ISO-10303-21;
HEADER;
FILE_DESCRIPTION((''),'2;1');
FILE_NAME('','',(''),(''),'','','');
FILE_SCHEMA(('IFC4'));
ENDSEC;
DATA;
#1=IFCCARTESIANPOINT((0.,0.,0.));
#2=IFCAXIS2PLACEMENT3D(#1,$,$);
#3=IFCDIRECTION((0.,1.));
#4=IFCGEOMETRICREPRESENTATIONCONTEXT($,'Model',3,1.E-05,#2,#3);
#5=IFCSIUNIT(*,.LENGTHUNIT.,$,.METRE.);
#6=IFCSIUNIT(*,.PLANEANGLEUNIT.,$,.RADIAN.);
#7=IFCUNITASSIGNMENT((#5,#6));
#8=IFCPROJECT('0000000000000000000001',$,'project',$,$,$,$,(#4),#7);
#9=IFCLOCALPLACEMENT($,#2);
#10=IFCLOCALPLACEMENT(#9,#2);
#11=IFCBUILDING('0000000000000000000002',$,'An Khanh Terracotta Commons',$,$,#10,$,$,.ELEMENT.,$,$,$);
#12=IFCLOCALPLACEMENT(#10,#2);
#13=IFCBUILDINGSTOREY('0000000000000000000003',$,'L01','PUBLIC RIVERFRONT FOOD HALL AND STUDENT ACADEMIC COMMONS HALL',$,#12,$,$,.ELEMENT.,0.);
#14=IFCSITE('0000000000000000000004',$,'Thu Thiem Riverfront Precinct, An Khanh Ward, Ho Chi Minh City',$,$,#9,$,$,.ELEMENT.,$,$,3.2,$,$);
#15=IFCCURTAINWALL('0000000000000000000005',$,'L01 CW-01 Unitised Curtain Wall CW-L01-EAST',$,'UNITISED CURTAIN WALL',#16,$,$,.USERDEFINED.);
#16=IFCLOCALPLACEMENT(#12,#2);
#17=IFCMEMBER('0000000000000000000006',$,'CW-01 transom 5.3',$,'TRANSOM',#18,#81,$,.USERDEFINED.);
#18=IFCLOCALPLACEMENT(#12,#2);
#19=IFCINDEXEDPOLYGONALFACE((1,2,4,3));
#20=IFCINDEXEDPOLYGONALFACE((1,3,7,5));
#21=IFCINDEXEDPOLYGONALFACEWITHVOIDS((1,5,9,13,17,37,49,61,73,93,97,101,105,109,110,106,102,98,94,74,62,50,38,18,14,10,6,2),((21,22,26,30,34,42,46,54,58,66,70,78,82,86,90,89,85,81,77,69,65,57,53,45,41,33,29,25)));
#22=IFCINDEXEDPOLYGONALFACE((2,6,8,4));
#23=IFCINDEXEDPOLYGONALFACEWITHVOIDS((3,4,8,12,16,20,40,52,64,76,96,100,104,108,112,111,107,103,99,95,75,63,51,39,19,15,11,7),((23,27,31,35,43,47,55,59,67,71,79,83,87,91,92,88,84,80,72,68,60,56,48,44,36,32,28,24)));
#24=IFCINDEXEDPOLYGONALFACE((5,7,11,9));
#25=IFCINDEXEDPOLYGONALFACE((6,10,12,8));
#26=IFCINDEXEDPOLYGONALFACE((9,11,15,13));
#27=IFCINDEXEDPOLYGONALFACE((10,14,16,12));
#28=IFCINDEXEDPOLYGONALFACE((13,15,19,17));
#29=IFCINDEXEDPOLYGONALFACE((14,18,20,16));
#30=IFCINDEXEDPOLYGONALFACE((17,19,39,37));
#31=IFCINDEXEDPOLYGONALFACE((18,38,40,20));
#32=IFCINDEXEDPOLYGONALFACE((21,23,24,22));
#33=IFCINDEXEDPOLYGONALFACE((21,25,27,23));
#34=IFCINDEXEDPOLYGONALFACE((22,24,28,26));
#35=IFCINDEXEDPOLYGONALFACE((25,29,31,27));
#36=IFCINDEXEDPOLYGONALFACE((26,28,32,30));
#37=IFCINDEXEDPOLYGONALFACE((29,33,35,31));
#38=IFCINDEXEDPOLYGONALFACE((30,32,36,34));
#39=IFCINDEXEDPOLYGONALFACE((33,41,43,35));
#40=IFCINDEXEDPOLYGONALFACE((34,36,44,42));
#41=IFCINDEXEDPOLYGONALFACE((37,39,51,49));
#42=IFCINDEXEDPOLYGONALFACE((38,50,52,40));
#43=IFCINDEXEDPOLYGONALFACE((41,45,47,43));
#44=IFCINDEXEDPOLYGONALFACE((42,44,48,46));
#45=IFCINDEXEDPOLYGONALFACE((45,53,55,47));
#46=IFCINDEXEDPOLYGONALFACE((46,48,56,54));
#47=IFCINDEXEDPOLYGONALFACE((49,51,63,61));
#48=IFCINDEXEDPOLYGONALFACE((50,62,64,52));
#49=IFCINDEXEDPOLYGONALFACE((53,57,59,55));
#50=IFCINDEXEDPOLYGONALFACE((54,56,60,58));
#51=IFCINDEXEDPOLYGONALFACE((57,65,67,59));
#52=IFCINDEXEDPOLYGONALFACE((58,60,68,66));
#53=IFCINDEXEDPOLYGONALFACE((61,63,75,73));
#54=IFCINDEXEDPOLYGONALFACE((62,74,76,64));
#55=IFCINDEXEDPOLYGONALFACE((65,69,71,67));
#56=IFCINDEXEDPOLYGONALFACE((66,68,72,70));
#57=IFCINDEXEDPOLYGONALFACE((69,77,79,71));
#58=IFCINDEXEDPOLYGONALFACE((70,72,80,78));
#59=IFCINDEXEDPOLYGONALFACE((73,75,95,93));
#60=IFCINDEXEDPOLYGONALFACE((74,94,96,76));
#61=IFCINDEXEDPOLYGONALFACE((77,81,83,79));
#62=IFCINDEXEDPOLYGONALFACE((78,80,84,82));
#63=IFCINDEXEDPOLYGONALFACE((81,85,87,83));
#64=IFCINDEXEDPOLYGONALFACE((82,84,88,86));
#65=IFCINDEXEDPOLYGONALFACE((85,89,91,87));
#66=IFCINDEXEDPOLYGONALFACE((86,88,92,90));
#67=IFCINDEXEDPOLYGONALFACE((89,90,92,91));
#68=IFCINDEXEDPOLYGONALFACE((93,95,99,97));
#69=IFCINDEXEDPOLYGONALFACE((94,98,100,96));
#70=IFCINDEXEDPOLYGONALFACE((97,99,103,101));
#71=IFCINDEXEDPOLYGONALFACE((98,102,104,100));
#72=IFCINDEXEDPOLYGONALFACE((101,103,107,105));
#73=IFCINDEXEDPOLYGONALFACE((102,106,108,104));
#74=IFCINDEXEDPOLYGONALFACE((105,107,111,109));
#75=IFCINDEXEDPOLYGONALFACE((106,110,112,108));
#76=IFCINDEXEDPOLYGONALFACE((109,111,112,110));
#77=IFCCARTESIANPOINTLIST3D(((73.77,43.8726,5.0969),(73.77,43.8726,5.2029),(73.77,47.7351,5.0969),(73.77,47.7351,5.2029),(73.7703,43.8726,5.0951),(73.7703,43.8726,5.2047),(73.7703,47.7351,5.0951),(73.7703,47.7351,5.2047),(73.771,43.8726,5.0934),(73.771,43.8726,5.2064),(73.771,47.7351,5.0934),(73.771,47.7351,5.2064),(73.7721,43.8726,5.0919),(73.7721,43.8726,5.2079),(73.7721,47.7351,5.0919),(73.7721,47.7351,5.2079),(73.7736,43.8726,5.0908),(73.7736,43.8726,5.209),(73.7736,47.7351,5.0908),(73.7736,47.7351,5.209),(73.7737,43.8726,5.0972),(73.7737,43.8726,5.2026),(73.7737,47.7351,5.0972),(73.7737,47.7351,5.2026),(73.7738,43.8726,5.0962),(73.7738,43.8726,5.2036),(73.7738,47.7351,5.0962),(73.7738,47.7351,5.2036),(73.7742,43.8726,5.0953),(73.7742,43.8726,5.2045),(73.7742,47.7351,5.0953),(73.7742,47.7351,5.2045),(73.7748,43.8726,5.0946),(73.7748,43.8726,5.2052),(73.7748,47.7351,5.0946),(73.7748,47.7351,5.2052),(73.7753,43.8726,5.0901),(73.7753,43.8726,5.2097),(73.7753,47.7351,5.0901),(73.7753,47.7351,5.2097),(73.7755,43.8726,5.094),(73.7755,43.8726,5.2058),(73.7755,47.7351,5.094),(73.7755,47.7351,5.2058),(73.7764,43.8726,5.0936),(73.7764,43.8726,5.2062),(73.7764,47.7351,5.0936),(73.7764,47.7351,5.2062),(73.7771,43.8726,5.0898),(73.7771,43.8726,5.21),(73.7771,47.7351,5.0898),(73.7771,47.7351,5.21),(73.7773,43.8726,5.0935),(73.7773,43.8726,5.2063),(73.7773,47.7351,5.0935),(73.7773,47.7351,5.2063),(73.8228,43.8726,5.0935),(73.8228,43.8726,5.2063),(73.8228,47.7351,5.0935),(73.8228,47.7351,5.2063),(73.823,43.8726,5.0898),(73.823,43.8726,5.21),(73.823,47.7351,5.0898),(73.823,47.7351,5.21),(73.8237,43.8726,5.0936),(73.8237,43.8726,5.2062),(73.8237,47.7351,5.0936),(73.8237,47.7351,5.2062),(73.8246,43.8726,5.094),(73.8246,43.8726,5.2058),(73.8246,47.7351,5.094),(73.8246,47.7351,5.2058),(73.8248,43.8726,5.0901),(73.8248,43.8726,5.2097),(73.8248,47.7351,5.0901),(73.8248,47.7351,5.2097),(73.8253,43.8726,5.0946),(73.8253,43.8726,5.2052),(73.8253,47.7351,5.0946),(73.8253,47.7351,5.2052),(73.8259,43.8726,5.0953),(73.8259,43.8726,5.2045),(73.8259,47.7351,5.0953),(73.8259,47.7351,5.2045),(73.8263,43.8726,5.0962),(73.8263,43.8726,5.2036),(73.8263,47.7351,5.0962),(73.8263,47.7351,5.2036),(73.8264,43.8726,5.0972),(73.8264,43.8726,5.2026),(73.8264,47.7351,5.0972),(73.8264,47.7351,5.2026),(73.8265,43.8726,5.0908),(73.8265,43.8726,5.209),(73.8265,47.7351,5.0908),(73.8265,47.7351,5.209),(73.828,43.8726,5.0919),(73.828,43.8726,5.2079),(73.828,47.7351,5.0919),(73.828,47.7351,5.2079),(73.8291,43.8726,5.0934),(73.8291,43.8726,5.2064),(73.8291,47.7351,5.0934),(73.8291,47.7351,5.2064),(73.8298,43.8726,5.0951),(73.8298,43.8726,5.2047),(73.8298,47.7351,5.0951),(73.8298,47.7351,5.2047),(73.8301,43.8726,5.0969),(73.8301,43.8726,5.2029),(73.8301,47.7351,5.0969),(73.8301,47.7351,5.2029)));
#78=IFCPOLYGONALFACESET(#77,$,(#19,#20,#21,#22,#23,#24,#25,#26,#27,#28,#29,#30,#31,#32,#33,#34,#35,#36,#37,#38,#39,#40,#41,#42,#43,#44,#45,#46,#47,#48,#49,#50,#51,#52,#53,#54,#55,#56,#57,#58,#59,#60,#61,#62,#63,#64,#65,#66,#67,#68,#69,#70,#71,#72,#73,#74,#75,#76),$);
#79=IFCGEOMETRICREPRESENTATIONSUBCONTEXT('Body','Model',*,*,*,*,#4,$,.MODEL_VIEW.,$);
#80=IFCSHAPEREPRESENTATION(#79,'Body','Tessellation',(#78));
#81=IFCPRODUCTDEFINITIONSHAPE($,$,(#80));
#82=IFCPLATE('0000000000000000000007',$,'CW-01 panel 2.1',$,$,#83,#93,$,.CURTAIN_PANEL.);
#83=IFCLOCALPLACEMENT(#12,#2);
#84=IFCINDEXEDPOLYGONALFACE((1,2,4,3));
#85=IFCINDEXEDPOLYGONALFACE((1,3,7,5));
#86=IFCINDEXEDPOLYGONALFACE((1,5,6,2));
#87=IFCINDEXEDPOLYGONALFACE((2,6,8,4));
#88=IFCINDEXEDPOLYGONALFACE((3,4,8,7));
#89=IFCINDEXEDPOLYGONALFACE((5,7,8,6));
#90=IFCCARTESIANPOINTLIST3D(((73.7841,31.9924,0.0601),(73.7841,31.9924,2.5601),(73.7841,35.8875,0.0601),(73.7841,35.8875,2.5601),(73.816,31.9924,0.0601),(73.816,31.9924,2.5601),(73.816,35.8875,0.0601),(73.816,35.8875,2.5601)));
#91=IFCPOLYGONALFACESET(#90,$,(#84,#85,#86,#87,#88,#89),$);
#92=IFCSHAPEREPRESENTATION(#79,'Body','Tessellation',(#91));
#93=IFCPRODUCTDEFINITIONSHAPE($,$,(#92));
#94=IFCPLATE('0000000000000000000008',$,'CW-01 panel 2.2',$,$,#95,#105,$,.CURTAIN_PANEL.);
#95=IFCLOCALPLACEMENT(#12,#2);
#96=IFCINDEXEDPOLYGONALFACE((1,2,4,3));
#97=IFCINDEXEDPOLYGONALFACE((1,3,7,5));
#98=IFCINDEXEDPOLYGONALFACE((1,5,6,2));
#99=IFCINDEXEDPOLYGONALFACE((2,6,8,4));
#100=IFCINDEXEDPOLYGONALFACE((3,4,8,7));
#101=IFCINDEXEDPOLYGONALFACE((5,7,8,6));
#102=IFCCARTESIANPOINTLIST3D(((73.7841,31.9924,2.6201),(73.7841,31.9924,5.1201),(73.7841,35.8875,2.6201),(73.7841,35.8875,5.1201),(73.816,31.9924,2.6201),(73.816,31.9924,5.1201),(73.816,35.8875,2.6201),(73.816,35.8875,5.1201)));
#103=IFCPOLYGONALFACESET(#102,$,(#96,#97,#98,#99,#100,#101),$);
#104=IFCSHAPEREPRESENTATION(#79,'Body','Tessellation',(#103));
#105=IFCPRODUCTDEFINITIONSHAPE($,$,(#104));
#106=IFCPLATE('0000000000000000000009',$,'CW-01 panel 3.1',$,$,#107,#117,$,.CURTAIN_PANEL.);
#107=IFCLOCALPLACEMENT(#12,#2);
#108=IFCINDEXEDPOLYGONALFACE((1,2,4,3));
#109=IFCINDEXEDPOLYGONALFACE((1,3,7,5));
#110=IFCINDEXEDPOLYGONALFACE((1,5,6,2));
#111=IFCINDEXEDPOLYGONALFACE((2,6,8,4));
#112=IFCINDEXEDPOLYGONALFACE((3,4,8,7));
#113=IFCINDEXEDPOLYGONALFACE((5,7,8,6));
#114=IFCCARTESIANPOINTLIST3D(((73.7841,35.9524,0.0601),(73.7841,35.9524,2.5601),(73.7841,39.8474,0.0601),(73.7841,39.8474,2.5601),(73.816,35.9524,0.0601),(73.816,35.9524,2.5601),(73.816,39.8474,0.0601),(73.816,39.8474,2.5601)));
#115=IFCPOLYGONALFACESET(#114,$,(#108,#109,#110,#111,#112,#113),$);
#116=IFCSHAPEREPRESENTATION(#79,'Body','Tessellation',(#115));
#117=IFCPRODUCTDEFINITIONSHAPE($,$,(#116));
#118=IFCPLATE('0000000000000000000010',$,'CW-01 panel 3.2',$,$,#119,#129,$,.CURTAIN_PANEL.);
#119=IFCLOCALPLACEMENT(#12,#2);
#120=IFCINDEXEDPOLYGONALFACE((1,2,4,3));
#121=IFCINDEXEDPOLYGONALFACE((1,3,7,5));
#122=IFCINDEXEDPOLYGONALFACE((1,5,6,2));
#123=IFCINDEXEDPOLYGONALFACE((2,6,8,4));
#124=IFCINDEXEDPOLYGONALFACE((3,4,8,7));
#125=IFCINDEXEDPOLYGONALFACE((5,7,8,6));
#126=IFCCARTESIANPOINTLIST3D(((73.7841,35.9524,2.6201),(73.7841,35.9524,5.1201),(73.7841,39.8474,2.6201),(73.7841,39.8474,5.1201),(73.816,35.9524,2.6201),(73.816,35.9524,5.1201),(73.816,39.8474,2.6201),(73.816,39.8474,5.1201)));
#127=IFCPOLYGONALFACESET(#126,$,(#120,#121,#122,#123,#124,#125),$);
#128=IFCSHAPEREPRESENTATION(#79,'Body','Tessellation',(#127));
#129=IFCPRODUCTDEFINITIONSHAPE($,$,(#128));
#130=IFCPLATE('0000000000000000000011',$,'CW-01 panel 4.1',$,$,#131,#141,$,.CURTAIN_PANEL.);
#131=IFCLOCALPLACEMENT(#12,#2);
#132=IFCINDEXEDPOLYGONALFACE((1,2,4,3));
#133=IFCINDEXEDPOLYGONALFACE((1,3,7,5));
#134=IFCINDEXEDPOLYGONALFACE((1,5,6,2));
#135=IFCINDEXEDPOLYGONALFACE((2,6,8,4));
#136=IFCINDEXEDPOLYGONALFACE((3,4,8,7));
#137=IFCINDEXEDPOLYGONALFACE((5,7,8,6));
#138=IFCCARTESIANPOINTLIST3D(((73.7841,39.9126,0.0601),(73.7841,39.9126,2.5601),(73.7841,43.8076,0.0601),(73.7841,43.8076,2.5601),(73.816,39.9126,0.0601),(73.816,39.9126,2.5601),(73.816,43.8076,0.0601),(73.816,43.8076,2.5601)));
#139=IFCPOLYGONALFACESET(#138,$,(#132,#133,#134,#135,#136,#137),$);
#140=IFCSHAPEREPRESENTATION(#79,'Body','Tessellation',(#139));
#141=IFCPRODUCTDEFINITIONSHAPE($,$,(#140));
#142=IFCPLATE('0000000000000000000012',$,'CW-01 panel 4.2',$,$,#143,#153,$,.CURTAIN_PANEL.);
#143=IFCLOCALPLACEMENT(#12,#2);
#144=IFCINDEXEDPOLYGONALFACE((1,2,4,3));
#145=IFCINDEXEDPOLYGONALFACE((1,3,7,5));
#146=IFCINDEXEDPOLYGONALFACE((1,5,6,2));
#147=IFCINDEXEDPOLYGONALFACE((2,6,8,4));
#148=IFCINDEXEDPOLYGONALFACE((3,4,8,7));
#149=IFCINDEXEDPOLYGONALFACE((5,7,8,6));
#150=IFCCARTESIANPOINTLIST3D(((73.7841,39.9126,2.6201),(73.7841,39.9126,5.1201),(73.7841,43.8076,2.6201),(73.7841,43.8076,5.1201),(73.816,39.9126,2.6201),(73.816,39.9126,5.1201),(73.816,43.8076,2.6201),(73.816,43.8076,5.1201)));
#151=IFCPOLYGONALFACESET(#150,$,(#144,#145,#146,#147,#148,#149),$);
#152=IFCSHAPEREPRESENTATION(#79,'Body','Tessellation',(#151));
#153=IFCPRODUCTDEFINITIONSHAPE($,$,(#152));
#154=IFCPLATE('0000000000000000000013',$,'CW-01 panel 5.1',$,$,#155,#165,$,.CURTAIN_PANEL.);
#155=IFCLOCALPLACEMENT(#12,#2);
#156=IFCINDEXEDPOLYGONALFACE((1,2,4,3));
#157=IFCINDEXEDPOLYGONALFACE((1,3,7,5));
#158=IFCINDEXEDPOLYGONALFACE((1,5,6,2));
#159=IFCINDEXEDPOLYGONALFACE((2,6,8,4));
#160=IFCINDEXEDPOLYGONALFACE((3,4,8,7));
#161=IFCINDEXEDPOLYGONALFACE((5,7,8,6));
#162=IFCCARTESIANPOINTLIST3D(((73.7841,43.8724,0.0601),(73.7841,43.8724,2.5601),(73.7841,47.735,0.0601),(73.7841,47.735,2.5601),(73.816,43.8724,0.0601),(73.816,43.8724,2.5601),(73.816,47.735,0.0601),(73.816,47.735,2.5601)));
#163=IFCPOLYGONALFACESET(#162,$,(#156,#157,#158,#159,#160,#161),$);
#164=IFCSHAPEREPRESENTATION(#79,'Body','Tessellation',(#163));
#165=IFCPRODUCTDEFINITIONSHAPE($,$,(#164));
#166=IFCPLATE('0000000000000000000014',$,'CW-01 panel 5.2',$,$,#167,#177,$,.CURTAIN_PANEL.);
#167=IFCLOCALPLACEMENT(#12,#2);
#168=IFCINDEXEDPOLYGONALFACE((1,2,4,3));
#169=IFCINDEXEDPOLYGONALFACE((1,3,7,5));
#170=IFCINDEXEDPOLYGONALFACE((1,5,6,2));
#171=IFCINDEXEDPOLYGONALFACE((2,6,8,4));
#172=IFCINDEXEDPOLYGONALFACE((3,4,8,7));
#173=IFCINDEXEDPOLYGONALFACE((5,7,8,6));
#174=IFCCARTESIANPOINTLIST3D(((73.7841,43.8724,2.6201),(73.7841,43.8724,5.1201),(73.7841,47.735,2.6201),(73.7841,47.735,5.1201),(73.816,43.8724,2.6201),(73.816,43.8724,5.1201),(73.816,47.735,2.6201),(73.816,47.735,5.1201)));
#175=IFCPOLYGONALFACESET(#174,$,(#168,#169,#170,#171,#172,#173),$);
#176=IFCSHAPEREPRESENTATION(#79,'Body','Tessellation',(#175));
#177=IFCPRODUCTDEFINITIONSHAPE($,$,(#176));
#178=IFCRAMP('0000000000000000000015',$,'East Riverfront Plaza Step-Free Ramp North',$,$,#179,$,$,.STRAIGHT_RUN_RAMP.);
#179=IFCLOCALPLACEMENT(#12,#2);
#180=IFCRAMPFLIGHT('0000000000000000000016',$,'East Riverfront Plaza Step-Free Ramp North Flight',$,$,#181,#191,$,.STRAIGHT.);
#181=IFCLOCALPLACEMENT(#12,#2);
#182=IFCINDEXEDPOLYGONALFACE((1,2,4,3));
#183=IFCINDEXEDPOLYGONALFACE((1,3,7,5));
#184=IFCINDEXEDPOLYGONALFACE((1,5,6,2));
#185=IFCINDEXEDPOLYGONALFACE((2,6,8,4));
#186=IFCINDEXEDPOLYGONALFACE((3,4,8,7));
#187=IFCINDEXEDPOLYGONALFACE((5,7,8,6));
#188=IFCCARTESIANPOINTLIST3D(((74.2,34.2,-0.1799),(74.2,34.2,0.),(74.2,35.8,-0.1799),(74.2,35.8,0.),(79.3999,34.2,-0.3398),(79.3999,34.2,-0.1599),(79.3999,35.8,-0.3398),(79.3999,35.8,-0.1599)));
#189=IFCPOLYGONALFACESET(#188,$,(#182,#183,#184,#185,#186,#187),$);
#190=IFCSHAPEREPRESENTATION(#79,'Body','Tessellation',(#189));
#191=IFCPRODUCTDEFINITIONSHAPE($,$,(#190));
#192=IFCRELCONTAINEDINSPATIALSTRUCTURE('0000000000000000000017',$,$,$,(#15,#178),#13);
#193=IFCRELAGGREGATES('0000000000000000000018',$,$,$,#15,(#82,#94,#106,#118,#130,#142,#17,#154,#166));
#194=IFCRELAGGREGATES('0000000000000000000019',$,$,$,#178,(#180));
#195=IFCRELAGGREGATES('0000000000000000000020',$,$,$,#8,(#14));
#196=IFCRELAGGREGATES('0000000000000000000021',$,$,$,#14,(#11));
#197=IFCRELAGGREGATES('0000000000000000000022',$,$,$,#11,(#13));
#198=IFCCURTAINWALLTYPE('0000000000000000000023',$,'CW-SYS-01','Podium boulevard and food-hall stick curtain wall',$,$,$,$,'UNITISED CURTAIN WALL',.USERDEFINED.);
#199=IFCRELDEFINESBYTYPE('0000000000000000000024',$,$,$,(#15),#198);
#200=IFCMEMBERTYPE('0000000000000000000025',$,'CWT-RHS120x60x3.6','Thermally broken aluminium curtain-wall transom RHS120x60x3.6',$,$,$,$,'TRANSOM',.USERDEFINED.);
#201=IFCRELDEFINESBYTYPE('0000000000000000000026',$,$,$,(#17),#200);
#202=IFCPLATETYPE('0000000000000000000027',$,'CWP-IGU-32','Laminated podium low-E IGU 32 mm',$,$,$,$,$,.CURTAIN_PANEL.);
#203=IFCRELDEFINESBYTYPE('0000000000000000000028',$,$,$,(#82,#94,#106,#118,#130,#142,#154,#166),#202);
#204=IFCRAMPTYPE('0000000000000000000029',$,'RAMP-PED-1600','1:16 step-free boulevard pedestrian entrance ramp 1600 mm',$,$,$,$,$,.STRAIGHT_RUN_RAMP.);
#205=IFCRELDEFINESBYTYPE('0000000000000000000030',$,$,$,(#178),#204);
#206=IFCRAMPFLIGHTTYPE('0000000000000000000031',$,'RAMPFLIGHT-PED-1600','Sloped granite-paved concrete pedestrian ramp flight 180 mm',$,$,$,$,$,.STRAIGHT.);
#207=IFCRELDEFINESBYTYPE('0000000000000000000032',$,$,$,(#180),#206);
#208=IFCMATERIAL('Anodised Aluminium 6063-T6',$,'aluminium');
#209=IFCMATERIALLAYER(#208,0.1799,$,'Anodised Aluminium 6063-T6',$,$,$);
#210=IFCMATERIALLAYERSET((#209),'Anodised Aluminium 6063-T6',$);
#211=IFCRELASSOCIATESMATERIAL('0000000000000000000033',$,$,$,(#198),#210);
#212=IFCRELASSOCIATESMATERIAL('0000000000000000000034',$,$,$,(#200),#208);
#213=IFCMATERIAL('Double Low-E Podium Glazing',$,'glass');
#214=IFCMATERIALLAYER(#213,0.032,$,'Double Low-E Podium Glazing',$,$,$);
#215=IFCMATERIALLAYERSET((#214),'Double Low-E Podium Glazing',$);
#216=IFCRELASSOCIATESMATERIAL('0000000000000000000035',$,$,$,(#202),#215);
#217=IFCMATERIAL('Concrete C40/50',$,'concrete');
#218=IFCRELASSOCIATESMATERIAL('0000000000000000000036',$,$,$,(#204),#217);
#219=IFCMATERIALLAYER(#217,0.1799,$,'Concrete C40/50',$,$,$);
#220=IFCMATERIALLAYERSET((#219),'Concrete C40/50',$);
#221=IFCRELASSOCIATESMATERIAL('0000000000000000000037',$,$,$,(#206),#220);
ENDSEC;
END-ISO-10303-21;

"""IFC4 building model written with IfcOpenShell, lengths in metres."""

from ifc_helpers import new_model, si_unit, direction, frame, origin, origin_2d, place, context, subcontext, project, spatial, polyline, rectangle, hollow_rectangle, outline, extrude, material, layer, layer_set, material_profile, profile_set, type_object, element, aggregate, save


model = new_model("IFC4")

# Units and contexts
model_context = context("Model", 3, precision=1e-05, world=origin(), true_north=direction((0.0, 1.0)))
body_context = subcontext(model_context, "Body", "Model", "MODEL_VIEW")
ifc_project = project(units=[si_unit("LENGTHUNIT", "METRE"), si_unit("PLANEANGLEUNIT", "RADIAN")], contexts=[model_context])

# Site, building, storey
site_placement = place(None, origin())
site = spatial("IfcSite", under=ifc_project, at=site_placement, Name="Thu Thiem Riverfront Precinct, An Khanh Ward, Ho Chi Minh City", CompositionType="ELEMENT", RefElevation=3.2)
building_placement = place(site_placement, origin())
building = spatial("IfcBuilding", under=site, at=building_placement, Name="An Khanh Terracotta Commons", CompositionType="ELEMENT")
storey_placement = place(building_placement, origin())
storey = spatial("IfcBuildingStorey", under=building, at=storey_placement, Name="L01", Description="PUBLIC RIVERFRONT FOOD HALL AND STUDENT ACADEMIC COMMONS HALL", CompositionType="ELEMENT", Elevation=0.0)

# Curtain wall, member, plates
ifc_material_1 = material(Name="Anodised Aluminium 6063-T6", Category="aluminium")
ifc_layer_1 = layer(ifc_material_1, 0.1799, Name="Anodised Aluminium 6063-T6")
ifc_layer_set_1 = layer_set([ifc_layer_1], Name="Anodised Aluminium 6063-T6")
curtain_wall_type = type_object("IfcCurtainWallType", Name="CW-SYS-01", Description="Podium boulevard and food-hall stick curtain wall", ElementType="UNITISED CURTAIN WALL", PredefinedType="USERDEFINED", material=ifc_layer_set_1)
curtain_wall_placement = place(storey_placement, origin())
curtain_wall = element("IfcCurtainWall", 1, at=curtain_wall_placement, inside=storey, type_object=curtain_wall_type, Name="L01 CW-01 Unitised Curtain Wall CW-L01-EAST", ObjectType="UNITISED CURTAIN WALL", PredefinedType="USERDEFINED")
ifc_material_profile_1 = material_profile(ifc_material_1, hollow_rectangle(XDim=0.0601, YDim=0.1201, WallThickness=0.0037, InnerFilletRadius=0.0037, OuterFilletRadius=0.0071, at=origin_2d()), Name="RHS120x60x3.6")
ifc_profile_set_1 = profile_set([ifc_material_profile_1], Name="Anodised Aluminium 6063-T6")
member_type_1 = type_object("IfcMemberType", Name="CWT-RHS120x60x3.6", Description="Thermally broken aluminium curtain-wall transom RHS120x60x3.6", ElementType="TRANSOM", PredefinedType="USERDEFINED", material=ifc_profile_set_1)
member_1_placement = place(storey_placement, frame((73.8, 43.8726, 5.1499), z_axis=(0.0, 1.0, 0.0), x_axis=(-1.0, 0.0, 0.0)))
member_1 = element("IfcMember", 2, at=member_1_placement, type_object=member_type_1, Name="CW-01 transom 5.3", ObjectType="TRANSOM", PredefinedType="USERDEFINED", context=body_context, shape_type="SweptSolid", body=[
    extrude(hollow_rectangle(XDim=0.0601, YDim=0.1201, WallThickness=0.0037, InnerFilletRadius=0.0037, OuterFilletRadius=0.0071, at=origin_2d()), origin(), (0.0, 0.0, 1.0), 3.8625),
])
ifc_material_2 = material(Name="Double Low-E Podium Glazing", Category="glass")
ifc_layer_2 = layer(ifc_material_2, 0.032, Name="Double Low-E Podium Glazing")
ifc_layer_set_2 = layer_set([ifc_layer_2], Name="Double Low-E Podium Glazing")
plate_type = type_object("IfcPlateType", Name="CWP-IGU-32", Description="Laminated podium low-E IGU 32 mm", PredefinedType="CURTAIN_PANEL", material=ifc_layer_set_2)
plate_1_placement = place(storey_placement, frame((73.8, 33.9399, 0.0601), z_axis=(0.0, 0.0, 1.0), x_axis=(0.0, 1.0, 0.0)))
plate_1 = element("IfcPlate", 3, at=plate_1_placement, type_object=plate_type, Name="CW-01 panel 2.1", PredefinedType="CURTAIN_PANEL", context=body_context, shape_type="SweptSolid", body=[
    extrude(rectangle(XDim=3.895, YDim=0.032, at=origin_2d()), origin(), (0.0, 0.0, 1.0), 2.5),
])
plate_2_placement = place(storey_placement, frame((73.8, 33.9399, 2.6201), z_axis=(0.0, 0.0, 1.0), x_axis=(0.0, 1.0, 0.0)))
plate_2 = element("IfcPlate", 4, at=plate_2_placement, type_object=plate_type, Name="CW-01 panel 2.2", PredefinedType="CURTAIN_PANEL", context=body_context, shape_type="SweptSolid", body=[
    extrude(rectangle(XDim=3.895, YDim=0.032, at=origin_2d()), origin(), (0.0, 0.0, 1.0), 2.5),
])
plate_3_placement = place(storey_placement, frame((73.8, 37.8999, 0.0601), z_axis=(0.0, 0.0, 1.0), x_axis=(0.0, 1.0, 0.0)))
plate_3 = element("IfcPlate", 5, at=plate_3_placement, type_object=plate_type, Name="CW-01 panel 3.1", PredefinedType="CURTAIN_PANEL", context=body_context, shape_type="SweptSolid", body=[
    extrude(rectangle(XDim=3.895, YDim=0.032, at=origin_2d()), origin(), (0.0, 0.0, 1.0), 2.5),
])
plate_4_placement = place(storey_placement, frame((73.8, 37.8999, 2.6201), z_axis=(0.0, 0.0, 1.0), x_axis=(0.0, 1.0, 0.0)))
plate_4 = element("IfcPlate", 6, at=plate_4_placement, type_object=plate_type, Name="CW-01 panel 3.2", PredefinedType="CURTAIN_PANEL", context=body_context, shape_type="SweptSolid", body=[
    extrude(rectangle(XDim=3.895, YDim=0.032, at=origin_2d()), origin(), (0.0, 0.0, 1.0), 2.5),
])
plate_5_placement = place(storey_placement, frame((73.8, 41.8601, 0.0601), z_axis=(0.0, 0.0, 1.0), x_axis=(0.0, 1.0, 0.0)))
plate_5 = element("IfcPlate", 7, at=plate_5_placement, type_object=plate_type, Name="CW-01 panel 4.1", PredefinedType="CURTAIN_PANEL", context=body_context, shape_type="SweptSolid", body=[
    extrude(rectangle(XDim=3.895, YDim=0.032, at=origin_2d()), origin(), (0.0, 0.0, 1.0), 2.5),
])
plate_6_placement = place(storey_placement, frame((73.8, 41.8601, 2.6201), z_axis=(0.0, 0.0, 1.0), x_axis=(0.0, 1.0, 0.0)))
plate_6 = element("IfcPlate", 8, at=plate_6_placement, type_object=plate_type, Name="CW-01 panel 4.2", PredefinedType="CURTAIN_PANEL", context=body_context, shape_type="SweptSolid", body=[
    extrude(rectangle(XDim=3.895, YDim=0.032, at=origin_2d()), origin(), (0.0, 0.0, 1.0), 2.5),
])
plate_7_placement = place(storey_placement, frame((73.8, 45.8037, 0.0601), z_axis=(0.0, 0.0, 1.0), x_axis=(0.0, 1.0, 0.0)))
plate_7 = element("IfcPlate", 9, at=plate_7_placement, type_object=plate_type, Name="CW-01 panel 5.1", PredefinedType="CURTAIN_PANEL", context=body_context, shape_type="SweptSolid", body=[
    extrude(rectangle(XDim=3.8625, YDim=0.032, at=origin_2d()), origin(), (0.0, 0.0, 1.0), 2.5),
])
plate_8_placement = place(storey_placement, frame((73.8, 45.8037, 2.6201), z_axis=(0.0, 0.0, 1.0), x_axis=(0.0, 1.0, 0.0)))
plate_8 = element("IfcPlate", 10, at=plate_8_placement, type_object=plate_type, Name="CW-01 panel 5.2", PredefinedType="CURTAIN_PANEL", context=body_context, shape_type="SweptSolid", body=[
    extrude(rectangle(XDim=3.8625, YDim=0.032, at=origin_2d()), origin(), (0.0, 0.0, 1.0), 2.5),
])
aggregate(curtain_wall, [plate_1, plate_2, plate_3, plate_4, plate_5, plate_6, member_1, plate_7, plate_8])

# Ramp, ramp flight
ifc_material_3 = material(Name="Concrete C40/50", Category="concrete")
ramp_type = type_object("IfcRampType", Name="RAMP-PED-1600", Description="1:16 step-free boulevard pedestrian entrance ramp 1600 mm", PredefinedType="STRAIGHT_RUN_RAMP", material=ifc_material_3)
ramp_placement = place(storey_placement, origin())
ramp = element("IfcRamp", 11, at=ramp_placement, inside=storey, type_object=ramp_type, Name="East Riverfront Plaza Step-Free Ramp North", PredefinedType="STRAIGHT_RUN_RAMP")
ifc_layer_3 = layer(ifc_material_3, 0.1799, Name="Concrete C40/50")
ifc_layer_set_3 = layer_set([ifc_layer_3], Name="Concrete C40/50")
ramp_flight_type = type_object("IfcRampFlightType", Name="RAMPFLIGHT-PED-1600", Description="Sloped granite-paved concrete pedestrian ramp flight 180 mm", PredefinedType="STRAIGHT", material=ifc_layer_set_3)
ramp_flight_placement = place(storey_placement, frame((79.3999, 35.0, -0.1599), z_axis=(0.0, 0.0, 1.0), x_axis=(-1.0, 0.0, 0.0)))
ramp_flight = element("IfcRampFlight", 12, at=ramp_flight_placement, type_object=ramp_flight_type, Name="East Riverfront Plaza Step-Free Ramp North Flight", PredefinedType="STRAIGHT", context=body_context, shape_type="SweptSolid", body=[
    extrude(outline(polyline([(0.0, 0.0), (5.2, 0.1599), (5.2, -0.02), (0.0, -0.1799), (0.0, 0.0)])), frame((0.0, 0.8, 0.0), z_axis=(0.0, -1.0, 0.0), x_axis=(1.0, 0.0, 0.0)), (0.0, 0.0, 1.0), 1.6001),
])
aggregate(ramp, [ramp_flight])

save(model, "model.ifc")
